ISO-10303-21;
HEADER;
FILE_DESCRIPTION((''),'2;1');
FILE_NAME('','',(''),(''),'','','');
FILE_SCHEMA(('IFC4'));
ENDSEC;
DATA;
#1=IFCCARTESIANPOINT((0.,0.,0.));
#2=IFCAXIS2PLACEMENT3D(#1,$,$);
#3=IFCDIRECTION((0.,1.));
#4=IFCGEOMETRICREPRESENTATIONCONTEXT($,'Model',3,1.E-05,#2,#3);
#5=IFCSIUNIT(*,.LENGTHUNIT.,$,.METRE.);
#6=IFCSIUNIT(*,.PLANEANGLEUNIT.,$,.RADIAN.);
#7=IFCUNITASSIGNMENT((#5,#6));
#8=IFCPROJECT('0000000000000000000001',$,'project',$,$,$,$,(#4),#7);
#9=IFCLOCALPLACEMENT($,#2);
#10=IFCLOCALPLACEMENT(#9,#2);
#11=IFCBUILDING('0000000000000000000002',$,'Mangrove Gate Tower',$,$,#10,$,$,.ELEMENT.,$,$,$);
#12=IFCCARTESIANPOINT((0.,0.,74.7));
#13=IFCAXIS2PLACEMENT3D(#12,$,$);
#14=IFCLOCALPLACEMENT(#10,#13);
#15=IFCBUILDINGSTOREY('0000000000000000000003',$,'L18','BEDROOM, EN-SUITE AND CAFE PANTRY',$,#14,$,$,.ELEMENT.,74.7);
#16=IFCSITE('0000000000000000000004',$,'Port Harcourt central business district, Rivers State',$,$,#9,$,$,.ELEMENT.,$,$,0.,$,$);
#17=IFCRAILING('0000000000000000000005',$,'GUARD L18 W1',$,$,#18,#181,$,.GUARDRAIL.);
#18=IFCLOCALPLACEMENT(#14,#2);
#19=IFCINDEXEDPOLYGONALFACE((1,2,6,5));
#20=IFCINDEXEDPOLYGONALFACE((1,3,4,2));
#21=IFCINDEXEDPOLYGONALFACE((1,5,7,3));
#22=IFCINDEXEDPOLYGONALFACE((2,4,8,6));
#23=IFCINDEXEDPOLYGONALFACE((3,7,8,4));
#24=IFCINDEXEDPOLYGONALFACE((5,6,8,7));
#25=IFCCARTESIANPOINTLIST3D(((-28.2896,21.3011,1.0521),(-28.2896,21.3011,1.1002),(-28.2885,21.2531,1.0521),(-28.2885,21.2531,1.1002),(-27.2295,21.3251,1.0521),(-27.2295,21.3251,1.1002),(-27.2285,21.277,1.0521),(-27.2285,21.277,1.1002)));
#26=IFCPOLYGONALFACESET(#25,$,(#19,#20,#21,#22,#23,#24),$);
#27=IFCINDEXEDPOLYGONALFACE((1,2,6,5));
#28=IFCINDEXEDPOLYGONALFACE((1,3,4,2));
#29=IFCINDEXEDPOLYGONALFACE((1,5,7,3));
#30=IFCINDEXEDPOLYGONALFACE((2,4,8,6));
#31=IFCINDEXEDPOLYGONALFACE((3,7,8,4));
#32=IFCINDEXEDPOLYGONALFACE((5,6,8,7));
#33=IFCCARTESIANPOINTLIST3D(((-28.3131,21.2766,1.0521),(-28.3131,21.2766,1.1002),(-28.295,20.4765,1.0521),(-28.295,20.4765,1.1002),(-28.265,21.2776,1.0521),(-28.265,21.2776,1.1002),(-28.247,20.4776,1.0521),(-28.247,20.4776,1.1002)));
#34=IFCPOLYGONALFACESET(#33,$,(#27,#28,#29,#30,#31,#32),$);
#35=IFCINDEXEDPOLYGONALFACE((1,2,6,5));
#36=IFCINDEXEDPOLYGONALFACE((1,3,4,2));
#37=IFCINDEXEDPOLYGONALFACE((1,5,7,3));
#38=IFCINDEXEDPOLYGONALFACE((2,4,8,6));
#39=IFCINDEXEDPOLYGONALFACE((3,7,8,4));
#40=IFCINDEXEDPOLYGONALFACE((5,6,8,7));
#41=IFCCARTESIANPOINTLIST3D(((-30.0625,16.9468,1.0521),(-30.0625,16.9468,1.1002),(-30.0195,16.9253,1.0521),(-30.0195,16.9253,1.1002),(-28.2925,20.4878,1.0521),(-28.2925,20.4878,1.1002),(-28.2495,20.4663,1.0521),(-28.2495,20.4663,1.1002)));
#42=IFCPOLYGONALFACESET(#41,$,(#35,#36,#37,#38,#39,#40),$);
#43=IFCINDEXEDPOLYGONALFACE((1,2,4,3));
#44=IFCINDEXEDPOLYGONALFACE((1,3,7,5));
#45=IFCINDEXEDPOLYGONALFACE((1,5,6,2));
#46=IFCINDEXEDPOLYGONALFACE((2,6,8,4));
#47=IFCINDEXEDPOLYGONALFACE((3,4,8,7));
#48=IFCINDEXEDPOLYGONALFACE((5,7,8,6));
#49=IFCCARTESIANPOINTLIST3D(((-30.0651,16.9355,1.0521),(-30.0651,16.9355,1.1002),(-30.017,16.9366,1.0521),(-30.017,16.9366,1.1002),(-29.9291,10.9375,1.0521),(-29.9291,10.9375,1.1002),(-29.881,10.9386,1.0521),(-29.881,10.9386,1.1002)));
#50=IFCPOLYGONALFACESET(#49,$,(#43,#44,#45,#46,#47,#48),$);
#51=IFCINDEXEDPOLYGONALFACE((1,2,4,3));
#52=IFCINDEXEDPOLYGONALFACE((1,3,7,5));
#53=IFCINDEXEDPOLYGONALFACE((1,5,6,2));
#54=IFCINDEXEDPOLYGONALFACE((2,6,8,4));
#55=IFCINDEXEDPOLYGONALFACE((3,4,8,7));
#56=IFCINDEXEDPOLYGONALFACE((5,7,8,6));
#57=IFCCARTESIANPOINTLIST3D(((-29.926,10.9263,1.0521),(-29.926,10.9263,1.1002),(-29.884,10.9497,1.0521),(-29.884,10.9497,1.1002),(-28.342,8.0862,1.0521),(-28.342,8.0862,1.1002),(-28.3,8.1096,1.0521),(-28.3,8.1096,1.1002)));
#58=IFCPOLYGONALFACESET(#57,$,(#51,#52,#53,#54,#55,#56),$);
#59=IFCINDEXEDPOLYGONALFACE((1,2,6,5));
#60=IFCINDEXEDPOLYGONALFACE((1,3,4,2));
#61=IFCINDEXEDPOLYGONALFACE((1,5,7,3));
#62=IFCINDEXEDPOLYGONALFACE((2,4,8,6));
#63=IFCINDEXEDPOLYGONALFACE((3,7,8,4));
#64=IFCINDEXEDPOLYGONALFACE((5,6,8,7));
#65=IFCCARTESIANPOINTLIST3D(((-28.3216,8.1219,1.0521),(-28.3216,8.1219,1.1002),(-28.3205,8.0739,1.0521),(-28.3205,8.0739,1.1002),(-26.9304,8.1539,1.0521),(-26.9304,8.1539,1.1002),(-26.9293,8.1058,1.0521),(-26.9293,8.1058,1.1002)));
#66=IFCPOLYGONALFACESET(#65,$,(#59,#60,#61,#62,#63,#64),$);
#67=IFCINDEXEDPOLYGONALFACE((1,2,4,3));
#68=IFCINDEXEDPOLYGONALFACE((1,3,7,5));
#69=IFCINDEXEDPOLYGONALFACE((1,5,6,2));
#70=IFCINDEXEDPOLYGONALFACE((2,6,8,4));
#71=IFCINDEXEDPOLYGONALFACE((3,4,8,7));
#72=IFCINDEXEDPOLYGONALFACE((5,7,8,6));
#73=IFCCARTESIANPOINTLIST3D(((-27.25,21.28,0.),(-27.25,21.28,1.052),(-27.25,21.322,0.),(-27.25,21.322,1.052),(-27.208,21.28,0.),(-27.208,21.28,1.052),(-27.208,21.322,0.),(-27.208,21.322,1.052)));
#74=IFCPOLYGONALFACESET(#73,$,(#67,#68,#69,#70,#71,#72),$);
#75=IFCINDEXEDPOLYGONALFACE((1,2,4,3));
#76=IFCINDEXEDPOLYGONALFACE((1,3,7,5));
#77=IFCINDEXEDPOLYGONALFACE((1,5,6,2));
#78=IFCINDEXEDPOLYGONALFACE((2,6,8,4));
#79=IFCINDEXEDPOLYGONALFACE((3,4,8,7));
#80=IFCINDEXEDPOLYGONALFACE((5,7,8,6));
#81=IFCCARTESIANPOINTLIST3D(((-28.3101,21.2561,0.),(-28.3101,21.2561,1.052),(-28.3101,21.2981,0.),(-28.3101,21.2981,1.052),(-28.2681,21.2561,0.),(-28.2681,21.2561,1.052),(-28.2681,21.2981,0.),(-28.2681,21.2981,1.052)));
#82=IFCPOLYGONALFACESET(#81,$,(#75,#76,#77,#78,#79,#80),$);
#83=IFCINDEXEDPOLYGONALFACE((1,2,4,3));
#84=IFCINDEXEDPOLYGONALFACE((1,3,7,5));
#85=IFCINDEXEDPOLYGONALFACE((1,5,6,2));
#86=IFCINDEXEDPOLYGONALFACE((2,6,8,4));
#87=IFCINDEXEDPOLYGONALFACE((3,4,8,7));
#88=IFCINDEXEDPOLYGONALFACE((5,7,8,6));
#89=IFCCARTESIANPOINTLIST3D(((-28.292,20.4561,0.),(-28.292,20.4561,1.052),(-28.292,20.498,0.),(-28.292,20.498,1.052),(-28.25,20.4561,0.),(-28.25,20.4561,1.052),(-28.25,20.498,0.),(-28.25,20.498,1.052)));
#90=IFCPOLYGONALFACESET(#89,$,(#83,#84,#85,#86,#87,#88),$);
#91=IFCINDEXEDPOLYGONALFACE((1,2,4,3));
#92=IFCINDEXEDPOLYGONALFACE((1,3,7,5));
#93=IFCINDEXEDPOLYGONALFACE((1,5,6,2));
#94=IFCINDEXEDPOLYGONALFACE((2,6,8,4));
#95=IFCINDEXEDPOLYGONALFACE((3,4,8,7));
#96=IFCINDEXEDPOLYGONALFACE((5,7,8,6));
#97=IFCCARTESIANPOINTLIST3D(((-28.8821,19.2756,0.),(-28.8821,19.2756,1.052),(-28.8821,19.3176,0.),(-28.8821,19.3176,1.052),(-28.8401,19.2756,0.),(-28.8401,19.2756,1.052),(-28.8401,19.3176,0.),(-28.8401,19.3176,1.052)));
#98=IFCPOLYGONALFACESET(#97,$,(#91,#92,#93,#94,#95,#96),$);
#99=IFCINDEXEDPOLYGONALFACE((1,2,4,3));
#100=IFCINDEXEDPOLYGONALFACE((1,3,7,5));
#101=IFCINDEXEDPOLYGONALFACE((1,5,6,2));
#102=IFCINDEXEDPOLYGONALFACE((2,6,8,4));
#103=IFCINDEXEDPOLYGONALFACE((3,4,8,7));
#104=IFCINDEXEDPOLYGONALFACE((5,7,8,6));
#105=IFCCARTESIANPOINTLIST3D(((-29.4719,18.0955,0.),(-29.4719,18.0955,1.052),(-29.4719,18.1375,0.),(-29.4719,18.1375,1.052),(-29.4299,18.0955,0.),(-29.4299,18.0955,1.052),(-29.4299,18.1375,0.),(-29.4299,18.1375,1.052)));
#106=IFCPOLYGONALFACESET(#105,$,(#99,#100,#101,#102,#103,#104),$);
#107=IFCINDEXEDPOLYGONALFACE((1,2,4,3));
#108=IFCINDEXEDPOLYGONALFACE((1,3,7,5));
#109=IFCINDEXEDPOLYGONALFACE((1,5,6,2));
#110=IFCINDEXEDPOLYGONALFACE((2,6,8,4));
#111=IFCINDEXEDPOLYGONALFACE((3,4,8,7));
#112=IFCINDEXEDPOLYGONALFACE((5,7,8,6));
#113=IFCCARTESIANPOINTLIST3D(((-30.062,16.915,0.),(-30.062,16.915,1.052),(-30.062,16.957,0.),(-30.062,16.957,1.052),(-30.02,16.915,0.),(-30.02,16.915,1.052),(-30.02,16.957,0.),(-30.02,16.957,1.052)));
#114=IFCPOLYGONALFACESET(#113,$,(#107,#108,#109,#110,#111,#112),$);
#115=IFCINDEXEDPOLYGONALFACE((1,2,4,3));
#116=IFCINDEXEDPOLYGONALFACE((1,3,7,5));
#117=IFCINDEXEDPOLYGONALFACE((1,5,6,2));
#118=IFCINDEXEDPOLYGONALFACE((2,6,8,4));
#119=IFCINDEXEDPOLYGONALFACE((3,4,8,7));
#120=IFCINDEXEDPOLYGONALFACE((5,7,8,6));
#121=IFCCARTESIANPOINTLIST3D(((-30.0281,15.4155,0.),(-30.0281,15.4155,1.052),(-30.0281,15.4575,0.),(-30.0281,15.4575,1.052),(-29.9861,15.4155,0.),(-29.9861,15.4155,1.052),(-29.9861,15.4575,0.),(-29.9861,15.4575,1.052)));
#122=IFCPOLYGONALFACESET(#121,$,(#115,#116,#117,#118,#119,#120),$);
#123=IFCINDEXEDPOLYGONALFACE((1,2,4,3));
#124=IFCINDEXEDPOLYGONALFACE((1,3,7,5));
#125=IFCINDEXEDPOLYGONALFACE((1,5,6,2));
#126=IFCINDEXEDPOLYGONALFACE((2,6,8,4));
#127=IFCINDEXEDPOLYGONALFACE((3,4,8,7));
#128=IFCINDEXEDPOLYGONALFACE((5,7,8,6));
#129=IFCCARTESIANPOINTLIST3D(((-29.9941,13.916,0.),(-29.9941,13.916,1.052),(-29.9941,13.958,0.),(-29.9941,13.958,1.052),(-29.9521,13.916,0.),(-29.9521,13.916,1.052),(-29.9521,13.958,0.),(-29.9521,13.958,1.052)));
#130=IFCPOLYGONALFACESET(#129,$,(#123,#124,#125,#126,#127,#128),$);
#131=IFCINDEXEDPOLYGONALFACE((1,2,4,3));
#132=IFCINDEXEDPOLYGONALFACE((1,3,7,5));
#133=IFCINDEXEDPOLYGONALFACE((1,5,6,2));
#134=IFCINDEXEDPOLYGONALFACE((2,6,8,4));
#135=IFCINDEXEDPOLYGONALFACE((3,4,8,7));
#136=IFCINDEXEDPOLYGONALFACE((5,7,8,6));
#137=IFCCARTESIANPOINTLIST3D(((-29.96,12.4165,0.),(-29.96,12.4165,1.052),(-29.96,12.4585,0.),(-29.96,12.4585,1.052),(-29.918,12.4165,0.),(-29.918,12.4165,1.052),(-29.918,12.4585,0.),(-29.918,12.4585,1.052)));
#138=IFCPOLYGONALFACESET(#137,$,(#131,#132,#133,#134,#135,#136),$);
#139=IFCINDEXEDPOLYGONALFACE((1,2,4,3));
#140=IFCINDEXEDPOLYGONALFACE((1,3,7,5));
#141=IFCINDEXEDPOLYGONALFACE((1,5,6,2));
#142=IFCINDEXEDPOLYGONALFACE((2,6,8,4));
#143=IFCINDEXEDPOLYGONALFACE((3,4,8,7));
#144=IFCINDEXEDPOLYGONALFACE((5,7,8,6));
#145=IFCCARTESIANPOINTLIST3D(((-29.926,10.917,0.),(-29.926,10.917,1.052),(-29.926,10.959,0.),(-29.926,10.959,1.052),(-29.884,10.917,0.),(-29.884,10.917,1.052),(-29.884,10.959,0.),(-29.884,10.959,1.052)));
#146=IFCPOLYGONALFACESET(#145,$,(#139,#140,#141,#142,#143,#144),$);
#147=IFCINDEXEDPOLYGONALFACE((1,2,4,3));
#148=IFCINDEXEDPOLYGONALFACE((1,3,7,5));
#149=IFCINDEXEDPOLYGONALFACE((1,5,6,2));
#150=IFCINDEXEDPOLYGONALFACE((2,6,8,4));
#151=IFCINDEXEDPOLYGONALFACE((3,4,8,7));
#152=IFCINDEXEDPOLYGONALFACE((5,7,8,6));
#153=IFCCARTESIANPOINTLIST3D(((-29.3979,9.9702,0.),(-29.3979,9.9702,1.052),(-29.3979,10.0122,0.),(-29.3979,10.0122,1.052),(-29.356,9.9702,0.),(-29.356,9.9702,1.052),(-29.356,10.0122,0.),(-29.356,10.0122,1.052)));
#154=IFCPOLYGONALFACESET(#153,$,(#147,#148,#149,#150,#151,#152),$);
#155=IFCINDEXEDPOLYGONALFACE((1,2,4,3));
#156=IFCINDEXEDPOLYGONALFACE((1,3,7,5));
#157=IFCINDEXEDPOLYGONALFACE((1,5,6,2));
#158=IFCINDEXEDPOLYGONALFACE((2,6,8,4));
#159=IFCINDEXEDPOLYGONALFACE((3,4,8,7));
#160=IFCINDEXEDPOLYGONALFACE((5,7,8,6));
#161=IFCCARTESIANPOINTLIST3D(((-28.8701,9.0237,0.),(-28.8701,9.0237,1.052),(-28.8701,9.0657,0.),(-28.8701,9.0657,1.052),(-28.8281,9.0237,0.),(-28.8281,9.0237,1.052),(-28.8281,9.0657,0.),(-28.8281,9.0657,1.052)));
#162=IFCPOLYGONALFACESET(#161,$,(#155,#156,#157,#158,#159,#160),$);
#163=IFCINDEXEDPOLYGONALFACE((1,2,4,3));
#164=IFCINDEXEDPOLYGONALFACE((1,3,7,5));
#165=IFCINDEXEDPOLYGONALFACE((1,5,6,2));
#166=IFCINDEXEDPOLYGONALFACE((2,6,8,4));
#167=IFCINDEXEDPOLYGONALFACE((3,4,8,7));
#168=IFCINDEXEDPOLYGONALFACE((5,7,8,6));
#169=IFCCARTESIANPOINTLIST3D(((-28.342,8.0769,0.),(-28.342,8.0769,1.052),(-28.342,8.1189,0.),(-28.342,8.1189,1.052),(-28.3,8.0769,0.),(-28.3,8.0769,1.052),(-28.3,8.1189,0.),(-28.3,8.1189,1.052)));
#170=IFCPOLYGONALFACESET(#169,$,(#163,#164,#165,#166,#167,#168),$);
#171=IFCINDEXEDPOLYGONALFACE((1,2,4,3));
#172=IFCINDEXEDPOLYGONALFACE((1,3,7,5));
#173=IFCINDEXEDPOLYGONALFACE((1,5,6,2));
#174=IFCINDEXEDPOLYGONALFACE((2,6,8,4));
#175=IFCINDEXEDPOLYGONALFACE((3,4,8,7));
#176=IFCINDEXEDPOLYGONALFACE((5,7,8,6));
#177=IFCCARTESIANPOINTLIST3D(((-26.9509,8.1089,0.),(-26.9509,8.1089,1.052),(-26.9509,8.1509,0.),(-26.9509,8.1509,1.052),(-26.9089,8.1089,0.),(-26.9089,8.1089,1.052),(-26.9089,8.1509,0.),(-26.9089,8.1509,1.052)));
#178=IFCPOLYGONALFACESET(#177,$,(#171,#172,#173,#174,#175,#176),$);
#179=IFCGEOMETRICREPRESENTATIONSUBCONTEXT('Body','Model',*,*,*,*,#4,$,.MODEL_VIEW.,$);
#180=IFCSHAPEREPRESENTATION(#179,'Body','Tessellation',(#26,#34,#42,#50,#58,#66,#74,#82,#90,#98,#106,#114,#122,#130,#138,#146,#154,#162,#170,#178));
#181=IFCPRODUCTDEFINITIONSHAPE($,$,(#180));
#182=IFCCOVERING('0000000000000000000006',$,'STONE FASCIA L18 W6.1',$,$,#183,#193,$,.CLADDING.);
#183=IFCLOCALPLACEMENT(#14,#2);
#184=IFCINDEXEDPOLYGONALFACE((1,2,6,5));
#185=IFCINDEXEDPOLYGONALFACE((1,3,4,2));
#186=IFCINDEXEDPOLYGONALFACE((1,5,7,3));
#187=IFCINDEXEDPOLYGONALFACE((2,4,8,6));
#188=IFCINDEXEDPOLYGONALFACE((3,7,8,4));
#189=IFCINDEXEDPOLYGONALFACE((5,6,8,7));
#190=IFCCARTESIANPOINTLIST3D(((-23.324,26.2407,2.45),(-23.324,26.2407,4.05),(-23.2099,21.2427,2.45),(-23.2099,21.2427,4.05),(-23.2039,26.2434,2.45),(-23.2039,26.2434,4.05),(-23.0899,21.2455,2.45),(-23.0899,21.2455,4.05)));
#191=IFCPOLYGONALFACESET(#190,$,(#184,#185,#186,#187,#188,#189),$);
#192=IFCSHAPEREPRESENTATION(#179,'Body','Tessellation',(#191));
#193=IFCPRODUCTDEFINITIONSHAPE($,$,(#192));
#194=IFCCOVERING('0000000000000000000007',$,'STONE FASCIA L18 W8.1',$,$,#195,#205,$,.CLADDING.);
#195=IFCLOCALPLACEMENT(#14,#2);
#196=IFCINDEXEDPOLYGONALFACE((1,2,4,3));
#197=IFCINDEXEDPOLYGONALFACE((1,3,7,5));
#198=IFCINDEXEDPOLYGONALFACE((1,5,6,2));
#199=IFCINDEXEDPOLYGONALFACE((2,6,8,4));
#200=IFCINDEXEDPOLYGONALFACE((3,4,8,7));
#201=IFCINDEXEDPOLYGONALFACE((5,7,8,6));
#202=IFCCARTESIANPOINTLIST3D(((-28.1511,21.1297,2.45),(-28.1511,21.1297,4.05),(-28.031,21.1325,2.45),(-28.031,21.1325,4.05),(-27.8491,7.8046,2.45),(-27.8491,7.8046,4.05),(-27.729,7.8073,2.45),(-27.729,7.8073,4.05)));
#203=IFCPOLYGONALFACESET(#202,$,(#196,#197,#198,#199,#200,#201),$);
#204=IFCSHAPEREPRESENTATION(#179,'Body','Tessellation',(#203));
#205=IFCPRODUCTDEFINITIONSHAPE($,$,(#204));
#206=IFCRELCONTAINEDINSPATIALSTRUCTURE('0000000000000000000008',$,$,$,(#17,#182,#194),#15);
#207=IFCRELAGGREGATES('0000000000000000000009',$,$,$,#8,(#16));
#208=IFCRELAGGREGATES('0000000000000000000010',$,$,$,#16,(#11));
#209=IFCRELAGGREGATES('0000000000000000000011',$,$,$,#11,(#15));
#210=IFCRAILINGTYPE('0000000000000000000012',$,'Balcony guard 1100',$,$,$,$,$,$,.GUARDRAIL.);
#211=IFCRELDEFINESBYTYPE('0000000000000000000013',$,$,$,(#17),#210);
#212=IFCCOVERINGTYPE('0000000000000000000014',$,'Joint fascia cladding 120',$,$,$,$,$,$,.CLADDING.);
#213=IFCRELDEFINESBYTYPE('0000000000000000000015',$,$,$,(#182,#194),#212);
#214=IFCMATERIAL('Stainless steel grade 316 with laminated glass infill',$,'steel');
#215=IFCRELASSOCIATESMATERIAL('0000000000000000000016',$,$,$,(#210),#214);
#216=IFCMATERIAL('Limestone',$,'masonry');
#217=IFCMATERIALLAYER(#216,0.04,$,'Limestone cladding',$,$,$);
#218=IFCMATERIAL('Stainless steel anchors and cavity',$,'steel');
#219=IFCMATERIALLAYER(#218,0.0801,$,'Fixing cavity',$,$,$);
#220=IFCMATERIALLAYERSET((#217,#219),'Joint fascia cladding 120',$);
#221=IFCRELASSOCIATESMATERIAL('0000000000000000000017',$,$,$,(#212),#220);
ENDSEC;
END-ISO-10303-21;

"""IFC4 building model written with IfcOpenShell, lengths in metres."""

from ifc_helpers import new_model, si_unit, direction, frame, frame_2d, origin, origin_2d, place, context, subcontext, project, spatial, rectangle, extrude, material, layer, layer_set, type_object, element, save


model = new_model("IFC4")

# Units and contexts
model_context = context("Model", 3, precision=1e-05, world=origin(), true_north=direction((0.0, 1.0)))
body_context = subcontext(model_context, "Body", "Model", "MODEL_VIEW")
ifc_project = project(units=[si_unit("LENGTHUNIT", "METRE"), si_unit("PLANEANGLEUNIT", "RADIAN")], contexts=[model_context])

# Site, building, storey
site_placement = place(None, origin())
site = spatial("IfcSite", under=ifc_project, at=site_placement, Name="Port Harcourt central business district, Rivers State", CompositionType="ELEMENT", RefElevation=0.0)
building_placement = place(site_placement, origin())
building = spatial("IfcBuilding", under=site, at=building_placement, Name="Mangrove Gate Tower", CompositionType="ELEMENT")
storey_placement = place(building_placement, frame((0.0, 0.0, 74.7)))
storey = spatial("IfcBuildingStorey", under=building, at=storey_placement, Name="L18", Description="BEDROOM, EN-SUITE AND CAFE PANTRY", CompositionType="ELEMENT", Elevation=74.7)

# Shared definitions
ifc_material_1 = material(Name="Limestone", Category="masonry")

# Railing
ifc_material_2 = material(Name="Stainless steel grade 316 with laminated glass infill", Category="steel")
railing_type = type_object("IfcRailingType", Name="Balcony guard 1100", PredefinedType="GUARDRAIL", material=ifc_material_2)
railing_placement = place(storey_placement, frame((-27.229, 21.301, 0.0)))
element("IfcRailing", 1, at=railing_placement, inside=storey, type_object=railing_type, Name="GUARD L18 W1", PredefinedType="GUARDRAIL", context=body_context, shape_type="SweptSolid", body=[
    extrude(rectangle(XDim=0.0481, YDim=0.0481, at=origin_2d()), frame((0.0, 0.0, 1.0762), z_axis=(-0.999745, -0.022564, 0.0), x_axis=(0.022564, -0.999745, 0.0)), (0.0, 0.0, 1.0), 1.0603),
    extrude(rectangle(XDim=0.0481, YDim=0.0481, at=origin_2d()), frame((-1.0601, -0.0239, 1.0762), z_axis=(0.022576, -0.999745, 0.0), x_axis=(0.999745, 0.022576, 0.0)), (0.0, 0.0, 1.0), 0.8003),
    extrude(rectangle(XDim=0.0481, YDim=0.0481, at=origin_2d()), frame((-1.042, -0.824, 1.0762), z_axis=(-0.447115, -0.894477, 0.0), x_axis=(0.894477, -0.447115, 0.0)), (0.0, 0.0, 1.0), 3.9587),
    extrude(rectangle(XDim=0.0481, YDim=0.0481, at=origin_2d()), frame((-2.812, -4.365, 1.0762), z_axis=(0.022666, -0.999743, 0.0), x_axis=(0.999743, 0.022666, 0.0)), (0.0, 0.0, 1.0), 5.9995),
    extrude(rectangle(XDim=0.0481, YDim=0.0481, at=origin_2d()), frame((-2.676, -10.363, 1.0762), z_axis=(0.487089, -0.873352, 0.0), x_axis=(0.873352, 0.487089, 0.0)), (0.0, 0.0, 1.0), 3.252),
    extrude(rectangle(XDim=0.0481, YDim=0.0481, at=origin_2d()), frame((-1.092, -13.2031, 1.0762), z_axis=(0.999736, 0.022984, 0.0), x_axis=(-0.022984, 0.999736, 0.0)), (0.0, 0.0, 1.0), 1.3916),
    extrude(rectangle(XDim=0.042, YDim=0.042, at=origin_2d()), origin(), (0.0, 0.0, 1.0), 1.052),
    extrude(rectangle(XDim=0.042, YDim=0.042, at=origin_2d()), frame((-1.0601, -0.0239, 0.0)), (0.0, 0.0, 1.0), 1.052),
    extrude(rectangle(XDim=0.042, YDim=0.042, at=origin_2d()), frame((-1.042, -0.824, 0.0)), (0.0, 0.0, 1.0), 1.052),
    extrude(rectangle(XDim=0.042, YDim=0.042, at=origin_2d()), frame((-1.6321, -2.0044, 0.0)), (0.0, 0.0, 1.0), 1.052),
    extrude(rectangle(XDim=0.042, YDim=0.042, at=origin_2d()), frame((-2.2219, -3.1846, 0.0)), (0.0, 0.0, 1.0), 1.052),
    extrude(rectangle(XDim=0.042, YDim=0.042, at=origin_2d()), frame((-2.812, -4.365, 0.0)), (0.0, 0.0, 1.0), 1.052),
    extrude(rectangle(XDim=0.042, YDim=0.042, at=origin_2d()), frame((-2.7781, -5.8645, 0.0)), (0.0, 0.0, 1.0), 1.052),
    extrude(rectangle(XDim=0.042, YDim=0.042, at=origin_2d()), frame((-2.7441, -7.364, 0.0)), (0.0, 0.0, 1.0), 1.052),
    extrude(rectangle(XDim=0.042, YDim=0.042, at=origin_2d()), frame((-2.71, -8.8635, 0.0)), (0.0, 0.0, 1.0), 1.052),
    extrude(rectangle(XDim=0.042, YDim=0.042, at=origin_2d()), frame((-2.676, -10.363, 0.0)), (0.0, 0.0, 1.0), 1.052),
    extrude(rectangle(XDim=0.042, YDim=0.042, at=origin_2d()), frame((-2.1479, -11.3098, 0.0)), (0.0, 0.0, 1.0), 1.052),
    extrude(rectangle(XDim=0.042, YDim=0.042, at=origin_2d()), frame((-1.6201, -12.2563, 0.0)), (0.0, 0.0, 1.0), 1.052),
    extrude(rectangle(XDim=0.042, YDim=0.042, at=origin_2d()), frame((-1.092, -13.2031, 0.0)), (0.0, 0.0, 1.0), 1.052),
    extrude(rectangle(XDim=0.042, YDim=0.042, at=origin_2d()), frame((0.2991, -13.1711, 0.0)), (0.0, 0.0, 1.0), 1.052),
])

# Coverings
ifc_layer_1 = layer(ifc_material_1, 0.04, Name="Limestone cladding")
ifc_material_3 = material(Name="Stainless steel anchors and cavity", Category="steel")
ifc_layer_2 = layer(ifc_material_3, 0.0801, Name="Fixing cavity")
ifc_layer_set_1 = layer_set([ifc_layer_1, ifc_layer_2], Name="Joint fascia cladding 120")
covering_type = type_object("IfcCoveringType", Name="Joint fascia cladding 120", PredefinedType="CLADDING", material=ifc_layer_set_1)
covering_1_placement = place(storey_placement, frame((-23.2639, 26.2419, 2.45), z_axis=(0.0, 0.0, 1.0), x_axis=(0.022806, -0.99974, 0.0)))
element("IfcCovering", 2, at=covering_1_placement, inside=storey, type_object=covering_type, Name="STONE FASCIA L18 W6.1", PredefinedType="CLADDING", context=body_context, shape_type="SweptSolid", body=[
    extrude(rectangle(XDim=4.9993, YDim=0.1201, at=frame_2d((2.4995, 0.0))), origin(), (0.0, 0.0, 1.0), 1.6001),
])
covering_2_placement = place(storey_placement, frame((-28.0911, 21.1311, 2.45), z_axis=(0.0, 0.0, 1.0), x_axis=(0.022658, -0.999743, 0.0)))
element("IfcCovering", 3, at=covering_2_placement, inside=storey, type_object=covering_type, Name="STONE FASCIA L18 W8.1", PredefinedType="CLADDING", context=body_context, shape_type="SweptSolid", body=[
    extrude(rectangle(XDim=13.3286, YDim=0.1201, at=frame_2d((6.6643, 0.0))), origin(), (0.0, 0.0, 1.0), 1.6001),
])

save(model, "model.ifc")
